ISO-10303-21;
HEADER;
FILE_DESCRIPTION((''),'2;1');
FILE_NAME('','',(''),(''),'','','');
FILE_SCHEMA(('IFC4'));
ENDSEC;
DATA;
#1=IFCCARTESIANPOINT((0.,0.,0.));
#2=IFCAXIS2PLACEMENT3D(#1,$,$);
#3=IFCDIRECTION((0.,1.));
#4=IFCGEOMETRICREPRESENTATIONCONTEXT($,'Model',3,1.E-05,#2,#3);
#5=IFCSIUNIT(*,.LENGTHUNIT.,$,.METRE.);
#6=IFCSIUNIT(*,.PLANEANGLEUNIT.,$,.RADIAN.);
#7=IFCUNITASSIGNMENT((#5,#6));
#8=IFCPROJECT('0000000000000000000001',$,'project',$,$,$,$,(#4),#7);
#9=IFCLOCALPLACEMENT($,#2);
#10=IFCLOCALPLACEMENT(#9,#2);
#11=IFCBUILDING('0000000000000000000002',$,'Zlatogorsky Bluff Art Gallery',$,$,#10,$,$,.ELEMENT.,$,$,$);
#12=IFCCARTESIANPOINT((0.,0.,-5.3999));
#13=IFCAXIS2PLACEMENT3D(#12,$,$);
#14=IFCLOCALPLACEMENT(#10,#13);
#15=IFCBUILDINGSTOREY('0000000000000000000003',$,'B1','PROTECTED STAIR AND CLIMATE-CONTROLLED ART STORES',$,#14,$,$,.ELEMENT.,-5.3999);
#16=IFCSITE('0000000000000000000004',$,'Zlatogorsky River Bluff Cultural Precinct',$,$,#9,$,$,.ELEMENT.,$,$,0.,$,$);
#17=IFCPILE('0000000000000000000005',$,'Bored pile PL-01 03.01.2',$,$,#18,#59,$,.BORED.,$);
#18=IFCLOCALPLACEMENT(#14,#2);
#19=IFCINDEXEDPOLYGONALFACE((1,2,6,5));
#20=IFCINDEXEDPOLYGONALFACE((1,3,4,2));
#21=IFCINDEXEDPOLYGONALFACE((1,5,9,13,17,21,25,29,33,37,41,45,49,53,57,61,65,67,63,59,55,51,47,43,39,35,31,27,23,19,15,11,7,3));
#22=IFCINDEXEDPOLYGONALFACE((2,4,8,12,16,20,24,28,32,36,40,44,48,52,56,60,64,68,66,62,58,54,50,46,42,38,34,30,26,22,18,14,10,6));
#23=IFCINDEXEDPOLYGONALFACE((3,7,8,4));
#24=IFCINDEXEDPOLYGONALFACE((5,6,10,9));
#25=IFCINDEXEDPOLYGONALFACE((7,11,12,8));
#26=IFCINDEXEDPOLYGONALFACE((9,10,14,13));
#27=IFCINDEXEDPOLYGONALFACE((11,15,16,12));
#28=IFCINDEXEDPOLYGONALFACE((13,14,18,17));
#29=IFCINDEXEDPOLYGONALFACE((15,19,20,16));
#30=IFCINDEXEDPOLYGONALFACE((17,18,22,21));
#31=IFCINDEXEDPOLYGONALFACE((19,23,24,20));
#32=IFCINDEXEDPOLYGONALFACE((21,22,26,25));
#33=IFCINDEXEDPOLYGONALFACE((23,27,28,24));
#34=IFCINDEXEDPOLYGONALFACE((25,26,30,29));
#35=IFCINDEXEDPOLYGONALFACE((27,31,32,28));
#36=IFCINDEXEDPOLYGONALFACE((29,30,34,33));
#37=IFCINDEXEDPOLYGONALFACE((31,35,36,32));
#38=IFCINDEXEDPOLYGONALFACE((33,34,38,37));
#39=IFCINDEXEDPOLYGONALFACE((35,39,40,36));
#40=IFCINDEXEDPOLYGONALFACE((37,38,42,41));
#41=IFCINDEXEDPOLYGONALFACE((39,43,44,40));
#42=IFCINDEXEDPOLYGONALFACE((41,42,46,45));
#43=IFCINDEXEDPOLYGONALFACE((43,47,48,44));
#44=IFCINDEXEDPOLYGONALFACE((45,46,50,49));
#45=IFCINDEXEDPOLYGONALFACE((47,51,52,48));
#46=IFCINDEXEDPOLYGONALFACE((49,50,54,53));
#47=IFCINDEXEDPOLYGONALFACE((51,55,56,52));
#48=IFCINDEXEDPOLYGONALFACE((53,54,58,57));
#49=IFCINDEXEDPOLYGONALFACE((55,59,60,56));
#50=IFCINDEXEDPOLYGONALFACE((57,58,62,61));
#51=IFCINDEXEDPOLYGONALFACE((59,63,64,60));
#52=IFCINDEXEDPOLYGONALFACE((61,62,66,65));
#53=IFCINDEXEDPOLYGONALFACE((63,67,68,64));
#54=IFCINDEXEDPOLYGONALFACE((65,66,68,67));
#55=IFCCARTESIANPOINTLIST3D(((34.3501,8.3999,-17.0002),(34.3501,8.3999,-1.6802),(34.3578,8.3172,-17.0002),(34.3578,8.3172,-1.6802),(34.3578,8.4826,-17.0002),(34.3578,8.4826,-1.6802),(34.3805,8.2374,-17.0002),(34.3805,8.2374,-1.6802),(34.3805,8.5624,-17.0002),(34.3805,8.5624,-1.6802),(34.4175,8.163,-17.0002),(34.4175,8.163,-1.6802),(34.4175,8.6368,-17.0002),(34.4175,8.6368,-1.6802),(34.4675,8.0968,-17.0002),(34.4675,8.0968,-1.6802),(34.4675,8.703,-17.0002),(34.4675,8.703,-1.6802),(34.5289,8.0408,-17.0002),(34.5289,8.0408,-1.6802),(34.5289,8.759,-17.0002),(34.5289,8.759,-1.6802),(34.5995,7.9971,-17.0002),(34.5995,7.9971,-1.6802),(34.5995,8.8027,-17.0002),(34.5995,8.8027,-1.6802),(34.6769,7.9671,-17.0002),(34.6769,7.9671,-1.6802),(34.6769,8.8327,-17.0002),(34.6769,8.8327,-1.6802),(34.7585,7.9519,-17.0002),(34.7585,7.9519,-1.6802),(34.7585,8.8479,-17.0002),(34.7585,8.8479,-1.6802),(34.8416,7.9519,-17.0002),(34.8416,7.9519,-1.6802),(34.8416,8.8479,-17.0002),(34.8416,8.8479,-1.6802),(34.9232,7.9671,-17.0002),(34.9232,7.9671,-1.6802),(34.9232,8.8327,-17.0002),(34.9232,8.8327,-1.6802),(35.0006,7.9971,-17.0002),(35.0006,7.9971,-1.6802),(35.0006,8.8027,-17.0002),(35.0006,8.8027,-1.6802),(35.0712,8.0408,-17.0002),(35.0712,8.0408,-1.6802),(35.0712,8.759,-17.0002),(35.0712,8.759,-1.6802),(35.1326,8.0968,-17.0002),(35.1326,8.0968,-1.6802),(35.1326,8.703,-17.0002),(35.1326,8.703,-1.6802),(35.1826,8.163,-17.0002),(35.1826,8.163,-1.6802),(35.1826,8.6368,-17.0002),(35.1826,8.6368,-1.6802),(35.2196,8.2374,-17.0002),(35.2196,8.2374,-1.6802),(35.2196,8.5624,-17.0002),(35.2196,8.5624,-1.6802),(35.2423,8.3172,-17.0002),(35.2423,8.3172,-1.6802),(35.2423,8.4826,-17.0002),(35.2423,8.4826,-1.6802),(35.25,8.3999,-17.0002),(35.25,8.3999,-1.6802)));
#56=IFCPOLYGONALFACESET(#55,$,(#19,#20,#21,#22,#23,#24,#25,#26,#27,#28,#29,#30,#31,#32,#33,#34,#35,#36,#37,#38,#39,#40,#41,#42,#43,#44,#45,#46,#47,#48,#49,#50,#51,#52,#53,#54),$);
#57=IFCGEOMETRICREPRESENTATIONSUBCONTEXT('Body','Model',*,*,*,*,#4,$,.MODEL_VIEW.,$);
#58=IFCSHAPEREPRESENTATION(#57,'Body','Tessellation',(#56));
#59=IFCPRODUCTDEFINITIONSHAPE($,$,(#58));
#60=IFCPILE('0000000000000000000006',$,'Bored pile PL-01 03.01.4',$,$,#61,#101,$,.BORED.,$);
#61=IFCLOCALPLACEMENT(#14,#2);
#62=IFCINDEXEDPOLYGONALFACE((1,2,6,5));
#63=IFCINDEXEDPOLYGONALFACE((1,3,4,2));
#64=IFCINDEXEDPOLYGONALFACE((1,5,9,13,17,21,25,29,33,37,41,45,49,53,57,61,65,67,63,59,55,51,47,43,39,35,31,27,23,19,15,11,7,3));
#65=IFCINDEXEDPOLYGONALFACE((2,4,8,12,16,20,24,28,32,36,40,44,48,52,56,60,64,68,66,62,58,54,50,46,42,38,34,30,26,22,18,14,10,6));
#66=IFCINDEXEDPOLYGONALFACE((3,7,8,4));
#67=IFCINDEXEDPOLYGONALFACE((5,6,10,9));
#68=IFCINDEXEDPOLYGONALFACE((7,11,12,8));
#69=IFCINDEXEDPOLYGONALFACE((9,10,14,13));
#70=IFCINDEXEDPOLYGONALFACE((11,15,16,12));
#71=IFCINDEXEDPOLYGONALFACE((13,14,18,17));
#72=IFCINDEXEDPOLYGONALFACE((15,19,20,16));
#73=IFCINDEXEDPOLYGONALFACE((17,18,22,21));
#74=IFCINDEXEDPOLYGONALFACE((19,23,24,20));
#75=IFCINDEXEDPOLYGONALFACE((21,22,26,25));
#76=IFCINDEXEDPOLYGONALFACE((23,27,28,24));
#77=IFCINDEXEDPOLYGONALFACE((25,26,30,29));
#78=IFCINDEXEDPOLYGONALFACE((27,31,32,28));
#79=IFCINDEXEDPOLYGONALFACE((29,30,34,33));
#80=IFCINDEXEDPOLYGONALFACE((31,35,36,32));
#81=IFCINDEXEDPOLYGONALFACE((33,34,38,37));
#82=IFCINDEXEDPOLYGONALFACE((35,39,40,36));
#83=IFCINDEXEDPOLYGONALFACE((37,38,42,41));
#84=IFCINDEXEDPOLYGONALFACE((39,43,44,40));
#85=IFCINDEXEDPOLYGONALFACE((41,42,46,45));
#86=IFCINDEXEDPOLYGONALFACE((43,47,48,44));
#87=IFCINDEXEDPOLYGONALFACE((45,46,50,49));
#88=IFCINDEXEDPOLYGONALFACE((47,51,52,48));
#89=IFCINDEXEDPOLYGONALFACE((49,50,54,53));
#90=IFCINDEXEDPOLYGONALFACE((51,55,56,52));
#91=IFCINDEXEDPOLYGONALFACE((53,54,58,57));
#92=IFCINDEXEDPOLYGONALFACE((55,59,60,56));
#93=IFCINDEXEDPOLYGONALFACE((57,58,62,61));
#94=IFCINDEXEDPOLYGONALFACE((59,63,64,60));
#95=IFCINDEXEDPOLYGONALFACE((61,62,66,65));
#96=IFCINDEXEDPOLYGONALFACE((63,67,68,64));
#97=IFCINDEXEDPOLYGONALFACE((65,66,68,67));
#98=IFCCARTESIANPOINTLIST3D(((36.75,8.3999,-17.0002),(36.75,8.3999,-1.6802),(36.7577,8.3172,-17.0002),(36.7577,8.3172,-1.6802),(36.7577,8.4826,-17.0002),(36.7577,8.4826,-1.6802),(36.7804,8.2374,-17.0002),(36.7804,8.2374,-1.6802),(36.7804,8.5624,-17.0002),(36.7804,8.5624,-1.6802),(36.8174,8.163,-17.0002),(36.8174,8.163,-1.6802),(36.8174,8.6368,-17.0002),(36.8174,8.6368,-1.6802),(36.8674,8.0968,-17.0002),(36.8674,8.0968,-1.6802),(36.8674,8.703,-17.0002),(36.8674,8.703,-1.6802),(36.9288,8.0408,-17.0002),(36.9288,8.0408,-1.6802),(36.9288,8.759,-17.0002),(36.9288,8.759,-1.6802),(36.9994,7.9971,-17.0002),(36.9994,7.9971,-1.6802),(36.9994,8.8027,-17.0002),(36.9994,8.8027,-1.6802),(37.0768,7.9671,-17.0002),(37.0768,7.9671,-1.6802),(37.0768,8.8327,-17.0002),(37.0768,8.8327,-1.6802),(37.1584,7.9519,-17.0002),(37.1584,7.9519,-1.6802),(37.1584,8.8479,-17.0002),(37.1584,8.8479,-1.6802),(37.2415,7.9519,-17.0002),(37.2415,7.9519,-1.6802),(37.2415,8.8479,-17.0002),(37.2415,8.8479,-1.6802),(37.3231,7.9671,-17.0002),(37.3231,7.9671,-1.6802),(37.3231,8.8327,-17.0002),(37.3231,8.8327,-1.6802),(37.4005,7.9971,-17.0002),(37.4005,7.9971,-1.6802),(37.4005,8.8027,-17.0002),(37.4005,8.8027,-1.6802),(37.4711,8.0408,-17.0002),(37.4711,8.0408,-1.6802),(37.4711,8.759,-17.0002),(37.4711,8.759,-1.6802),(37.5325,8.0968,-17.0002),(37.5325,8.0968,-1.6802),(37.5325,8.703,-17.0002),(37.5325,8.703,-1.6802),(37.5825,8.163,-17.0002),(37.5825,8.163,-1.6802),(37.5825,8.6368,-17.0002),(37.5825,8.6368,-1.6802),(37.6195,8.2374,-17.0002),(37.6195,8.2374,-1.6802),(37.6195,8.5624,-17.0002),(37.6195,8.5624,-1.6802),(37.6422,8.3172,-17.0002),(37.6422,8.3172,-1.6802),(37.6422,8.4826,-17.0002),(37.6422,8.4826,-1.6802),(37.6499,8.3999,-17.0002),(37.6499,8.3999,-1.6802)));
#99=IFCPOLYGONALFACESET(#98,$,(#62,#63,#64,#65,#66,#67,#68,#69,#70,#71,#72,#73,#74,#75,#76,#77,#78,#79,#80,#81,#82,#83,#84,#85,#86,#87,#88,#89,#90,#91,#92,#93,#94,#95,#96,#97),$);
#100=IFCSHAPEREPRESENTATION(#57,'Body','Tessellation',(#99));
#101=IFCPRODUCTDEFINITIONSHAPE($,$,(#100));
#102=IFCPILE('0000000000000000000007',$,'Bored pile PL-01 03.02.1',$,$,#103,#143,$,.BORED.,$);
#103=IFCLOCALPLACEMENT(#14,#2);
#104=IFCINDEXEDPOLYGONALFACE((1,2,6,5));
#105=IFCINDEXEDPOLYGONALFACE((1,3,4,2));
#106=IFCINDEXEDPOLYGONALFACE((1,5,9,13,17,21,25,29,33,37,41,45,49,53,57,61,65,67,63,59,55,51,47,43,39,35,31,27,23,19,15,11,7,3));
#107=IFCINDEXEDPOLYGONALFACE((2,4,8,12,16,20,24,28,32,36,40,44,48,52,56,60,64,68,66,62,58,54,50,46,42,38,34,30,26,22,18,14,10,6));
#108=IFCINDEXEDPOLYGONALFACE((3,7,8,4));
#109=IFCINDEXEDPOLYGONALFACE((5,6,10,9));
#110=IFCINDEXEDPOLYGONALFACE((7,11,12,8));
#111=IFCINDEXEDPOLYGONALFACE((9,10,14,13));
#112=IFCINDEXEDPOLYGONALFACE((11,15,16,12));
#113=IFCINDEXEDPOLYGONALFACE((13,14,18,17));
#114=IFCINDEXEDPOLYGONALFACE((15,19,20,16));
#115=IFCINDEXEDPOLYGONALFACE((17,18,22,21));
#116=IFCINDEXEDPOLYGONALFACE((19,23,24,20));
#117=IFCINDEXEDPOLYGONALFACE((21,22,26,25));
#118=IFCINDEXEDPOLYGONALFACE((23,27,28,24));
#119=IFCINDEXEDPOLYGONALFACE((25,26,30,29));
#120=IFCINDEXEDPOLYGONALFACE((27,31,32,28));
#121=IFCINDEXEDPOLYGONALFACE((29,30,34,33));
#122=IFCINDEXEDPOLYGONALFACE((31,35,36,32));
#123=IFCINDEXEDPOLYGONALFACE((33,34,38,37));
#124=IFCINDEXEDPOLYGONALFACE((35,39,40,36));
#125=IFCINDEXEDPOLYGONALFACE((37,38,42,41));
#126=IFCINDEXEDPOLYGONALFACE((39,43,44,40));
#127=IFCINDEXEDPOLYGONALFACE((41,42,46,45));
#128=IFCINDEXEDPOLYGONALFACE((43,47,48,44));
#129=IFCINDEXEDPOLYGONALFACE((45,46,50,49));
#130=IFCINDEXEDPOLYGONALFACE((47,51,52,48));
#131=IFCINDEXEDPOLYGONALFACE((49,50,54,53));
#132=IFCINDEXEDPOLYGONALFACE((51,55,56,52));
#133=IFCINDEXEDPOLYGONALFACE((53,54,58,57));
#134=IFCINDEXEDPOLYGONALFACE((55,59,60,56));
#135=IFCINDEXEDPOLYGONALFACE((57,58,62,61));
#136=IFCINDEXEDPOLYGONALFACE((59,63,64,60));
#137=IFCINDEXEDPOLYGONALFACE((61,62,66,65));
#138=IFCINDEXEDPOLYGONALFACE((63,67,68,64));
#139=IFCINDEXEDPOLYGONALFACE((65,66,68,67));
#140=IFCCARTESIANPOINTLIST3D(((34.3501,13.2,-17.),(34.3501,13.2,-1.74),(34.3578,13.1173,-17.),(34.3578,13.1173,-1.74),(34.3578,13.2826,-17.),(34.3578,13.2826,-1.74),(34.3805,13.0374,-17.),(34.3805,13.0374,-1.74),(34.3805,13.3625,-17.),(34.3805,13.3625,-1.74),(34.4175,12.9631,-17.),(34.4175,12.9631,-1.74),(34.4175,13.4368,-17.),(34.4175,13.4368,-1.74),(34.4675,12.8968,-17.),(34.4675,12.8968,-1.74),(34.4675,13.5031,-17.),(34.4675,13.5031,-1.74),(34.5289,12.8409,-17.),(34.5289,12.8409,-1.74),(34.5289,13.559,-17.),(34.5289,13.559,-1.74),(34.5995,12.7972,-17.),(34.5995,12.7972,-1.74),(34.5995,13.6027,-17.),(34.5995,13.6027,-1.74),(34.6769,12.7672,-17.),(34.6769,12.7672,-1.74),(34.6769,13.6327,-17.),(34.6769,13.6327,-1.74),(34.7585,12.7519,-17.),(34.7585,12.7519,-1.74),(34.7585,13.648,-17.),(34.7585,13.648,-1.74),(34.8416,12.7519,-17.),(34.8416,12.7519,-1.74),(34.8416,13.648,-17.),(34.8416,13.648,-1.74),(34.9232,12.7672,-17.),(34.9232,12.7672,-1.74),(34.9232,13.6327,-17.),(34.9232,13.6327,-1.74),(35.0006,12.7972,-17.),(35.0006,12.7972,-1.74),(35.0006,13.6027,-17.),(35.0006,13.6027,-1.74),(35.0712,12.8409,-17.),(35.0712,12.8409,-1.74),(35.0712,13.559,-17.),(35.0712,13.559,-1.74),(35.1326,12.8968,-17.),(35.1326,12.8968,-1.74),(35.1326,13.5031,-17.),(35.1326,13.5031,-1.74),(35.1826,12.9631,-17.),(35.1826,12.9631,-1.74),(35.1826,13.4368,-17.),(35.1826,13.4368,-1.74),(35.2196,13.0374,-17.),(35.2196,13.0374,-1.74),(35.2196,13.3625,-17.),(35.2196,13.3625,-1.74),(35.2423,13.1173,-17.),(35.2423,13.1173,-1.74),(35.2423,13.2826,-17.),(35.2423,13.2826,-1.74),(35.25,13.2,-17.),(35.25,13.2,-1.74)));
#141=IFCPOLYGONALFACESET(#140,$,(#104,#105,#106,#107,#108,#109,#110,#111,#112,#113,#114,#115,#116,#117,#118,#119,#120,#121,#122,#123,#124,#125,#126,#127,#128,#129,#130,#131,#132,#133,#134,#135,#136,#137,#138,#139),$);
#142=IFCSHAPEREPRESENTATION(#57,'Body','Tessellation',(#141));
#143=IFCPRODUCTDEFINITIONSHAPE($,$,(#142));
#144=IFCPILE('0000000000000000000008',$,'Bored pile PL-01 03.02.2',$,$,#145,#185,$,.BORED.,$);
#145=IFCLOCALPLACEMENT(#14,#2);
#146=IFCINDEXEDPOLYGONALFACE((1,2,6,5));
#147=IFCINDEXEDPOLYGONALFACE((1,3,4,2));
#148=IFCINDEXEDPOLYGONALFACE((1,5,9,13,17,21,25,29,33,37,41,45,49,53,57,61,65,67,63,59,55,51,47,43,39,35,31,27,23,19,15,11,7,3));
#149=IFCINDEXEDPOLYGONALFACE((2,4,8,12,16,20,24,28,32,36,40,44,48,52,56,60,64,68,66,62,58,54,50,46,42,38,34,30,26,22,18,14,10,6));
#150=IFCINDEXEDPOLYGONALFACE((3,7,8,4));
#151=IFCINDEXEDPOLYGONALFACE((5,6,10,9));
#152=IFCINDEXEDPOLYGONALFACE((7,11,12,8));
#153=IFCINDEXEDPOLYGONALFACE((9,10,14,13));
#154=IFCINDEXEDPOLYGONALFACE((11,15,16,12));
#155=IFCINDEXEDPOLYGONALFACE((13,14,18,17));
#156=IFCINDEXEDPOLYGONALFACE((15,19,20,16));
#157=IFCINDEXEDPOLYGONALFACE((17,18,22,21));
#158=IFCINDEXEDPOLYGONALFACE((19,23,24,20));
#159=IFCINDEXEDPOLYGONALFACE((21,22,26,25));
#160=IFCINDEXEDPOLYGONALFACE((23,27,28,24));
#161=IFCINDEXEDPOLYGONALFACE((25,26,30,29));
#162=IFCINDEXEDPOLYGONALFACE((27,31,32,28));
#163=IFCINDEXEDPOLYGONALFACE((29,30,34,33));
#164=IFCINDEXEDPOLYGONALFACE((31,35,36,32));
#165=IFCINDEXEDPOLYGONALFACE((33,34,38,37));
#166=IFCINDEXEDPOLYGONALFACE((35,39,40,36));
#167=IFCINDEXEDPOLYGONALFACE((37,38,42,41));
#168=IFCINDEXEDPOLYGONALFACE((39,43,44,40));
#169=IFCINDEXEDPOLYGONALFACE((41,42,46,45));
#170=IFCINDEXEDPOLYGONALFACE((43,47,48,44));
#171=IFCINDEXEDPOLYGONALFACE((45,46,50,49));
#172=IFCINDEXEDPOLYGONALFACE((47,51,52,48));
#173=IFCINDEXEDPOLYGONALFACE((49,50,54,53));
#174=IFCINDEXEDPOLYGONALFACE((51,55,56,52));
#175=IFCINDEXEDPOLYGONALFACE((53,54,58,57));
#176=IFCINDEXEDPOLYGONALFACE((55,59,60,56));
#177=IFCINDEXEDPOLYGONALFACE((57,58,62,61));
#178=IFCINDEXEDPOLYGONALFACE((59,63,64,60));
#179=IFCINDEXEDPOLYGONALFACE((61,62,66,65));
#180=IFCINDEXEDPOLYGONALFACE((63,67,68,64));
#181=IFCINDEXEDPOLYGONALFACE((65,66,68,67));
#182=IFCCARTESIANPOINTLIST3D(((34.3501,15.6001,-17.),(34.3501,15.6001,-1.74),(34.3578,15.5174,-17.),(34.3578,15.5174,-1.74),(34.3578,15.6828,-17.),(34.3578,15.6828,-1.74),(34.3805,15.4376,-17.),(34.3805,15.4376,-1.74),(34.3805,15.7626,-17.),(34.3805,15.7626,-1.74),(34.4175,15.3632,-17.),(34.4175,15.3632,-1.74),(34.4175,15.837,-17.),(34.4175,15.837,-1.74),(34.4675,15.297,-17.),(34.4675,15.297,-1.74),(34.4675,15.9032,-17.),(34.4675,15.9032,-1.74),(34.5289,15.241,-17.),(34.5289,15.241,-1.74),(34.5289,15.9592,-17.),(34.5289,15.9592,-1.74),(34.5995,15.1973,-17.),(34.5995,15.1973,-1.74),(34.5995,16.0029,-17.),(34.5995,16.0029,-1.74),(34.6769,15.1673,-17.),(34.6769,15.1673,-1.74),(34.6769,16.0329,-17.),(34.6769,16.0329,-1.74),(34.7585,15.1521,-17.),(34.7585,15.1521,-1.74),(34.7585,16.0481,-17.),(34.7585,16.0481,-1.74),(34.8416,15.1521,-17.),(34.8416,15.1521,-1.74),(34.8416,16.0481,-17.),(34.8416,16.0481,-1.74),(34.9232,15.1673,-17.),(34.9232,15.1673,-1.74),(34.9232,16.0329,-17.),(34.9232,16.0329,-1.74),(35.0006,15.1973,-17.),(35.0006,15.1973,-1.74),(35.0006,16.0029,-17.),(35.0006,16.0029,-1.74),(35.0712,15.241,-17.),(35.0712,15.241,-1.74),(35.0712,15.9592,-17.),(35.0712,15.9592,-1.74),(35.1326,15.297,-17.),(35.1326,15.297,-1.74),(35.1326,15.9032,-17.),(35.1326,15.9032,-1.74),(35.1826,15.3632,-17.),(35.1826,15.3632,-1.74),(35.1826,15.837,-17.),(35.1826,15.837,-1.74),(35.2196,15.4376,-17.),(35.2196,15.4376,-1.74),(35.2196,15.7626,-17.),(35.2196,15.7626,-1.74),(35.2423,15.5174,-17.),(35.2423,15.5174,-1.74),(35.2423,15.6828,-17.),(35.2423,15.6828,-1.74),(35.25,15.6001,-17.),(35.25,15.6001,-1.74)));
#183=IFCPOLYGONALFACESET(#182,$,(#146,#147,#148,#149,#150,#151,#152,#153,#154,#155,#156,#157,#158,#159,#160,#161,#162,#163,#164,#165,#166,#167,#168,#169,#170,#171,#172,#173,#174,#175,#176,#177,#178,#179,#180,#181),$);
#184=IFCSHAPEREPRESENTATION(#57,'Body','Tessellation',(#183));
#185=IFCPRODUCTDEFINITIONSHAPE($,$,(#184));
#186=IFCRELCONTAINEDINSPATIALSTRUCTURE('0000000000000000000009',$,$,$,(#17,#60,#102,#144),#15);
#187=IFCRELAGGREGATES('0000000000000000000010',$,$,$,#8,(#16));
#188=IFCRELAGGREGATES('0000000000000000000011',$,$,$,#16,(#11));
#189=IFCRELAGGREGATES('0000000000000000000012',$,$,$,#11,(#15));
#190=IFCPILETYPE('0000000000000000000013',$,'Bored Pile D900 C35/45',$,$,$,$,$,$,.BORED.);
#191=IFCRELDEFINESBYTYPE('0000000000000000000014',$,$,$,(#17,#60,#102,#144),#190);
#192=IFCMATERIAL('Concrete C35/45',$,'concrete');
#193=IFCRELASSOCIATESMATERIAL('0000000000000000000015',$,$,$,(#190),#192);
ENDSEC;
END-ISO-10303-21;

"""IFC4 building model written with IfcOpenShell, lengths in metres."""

from ifc_helpers import new_model, si_unit, direction, frame, origin, origin_2d, place, context, subcontext, project, spatial, circle, extrude, material, material_profile, profile_set, type_object, element, save


model = new_model("IFC4")

# Units and contexts
model_context = context("Model", 3, precision=1e-05, world=origin(), true_north=direction((0.0, 1.0)))
body_context = subcontext(model_context, "Body", "Model", "MODEL_VIEW")
ifc_project = project(units=[si_unit("LENGTHUNIT", "METRE"), si_unit("PLANEANGLEUNIT", "RADIAN")], contexts=[model_context])

# Site, building, storey
site_placement = place(None, origin())
site = spatial("IfcSite", under=ifc_project, at=site_placement, Name="Zlatogorsky River Bluff Cultural Precinct", CompositionType="ELEMENT", RefElevation=0.0)
building_placement = place(site_placement, origin())
building = spatial("IfcBuilding", under=site, at=building_placement, Name="Zlatogorsky Bluff Art Gallery", CompositionType="ELEMENT")
storey_placement = place(building_placement, frame((0.0, 0.0, -5.3999)))
storey = spatial("IfcBuildingStorey", under=building, at=storey_placement, Name="B1", Description="PROTECTED STAIR AND CLIMATE-CONTROLLED ART STORES", CompositionType="ELEMENT", Elevation=-5.3999)

# Piles
ifc_material_1 = material(Name="Concrete C35/45", Category="concrete")
ifc_material_profile_1 = material_profile(ifc_material_1, circle(Radius=0.45, at=origin_2d()), Name="BORED PILE D900")
ifc_profile_set_1 = profile_set([ifc_material_profile_1], Name="Concrete C35/45")
pile_type = type_object("IfcPileType", Name="Bored Pile D900 C35/45", PredefinedType="BORED", material=ifc_profile_set_1)
for number, where, z_axis, x_axis, name in (
    (1, (34.8, 8.3999, -1.6802), (0.0, 0.0, -1.0), (1.0, 0.0, 0.0), "Bored pile PL-01 03.01.2"),
    (2, (37.2, 8.3999, -1.6802), (0.0, 0.0, -1.0), (1.0, 0.0, 0.0), "Bored pile PL-01 03.01.4"),
):
    element("IfcPile", number, at=place(storey_placement, frame(where, z_axis=z_axis, x_axis=x_axis)), inside=storey, type_object=pile_type, Name=name, PredefinedType="BORED", context=body_context, shape_type="SweptSolid", body=[
        extrude(circle(Radius=0.45, at=origin_2d()), origin(), (0.0, 0.0, 1.0), 15.3201),
    ])
for number, where, z_axis, x_axis, name in (
    (3, (34.8, 13.2, -1.74), (0.0, 0.0, -1.0), (1.0, 0.0, 0.0), "Bored pile PL-01 03.02.1"),
    (4, (34.8, 15.6001, -1.74), (0.0, 0.0, -1.0), (1.0, 0.0, 0.0), "Bored pile PL-01 03.02.2"),
):
    element("IfcPile", number, at=place(storey_placement, frame(where, z_axis=z_axis, x_axis=x_axis)), inside=storey, type_object=pile_type, Name=name, PredefinedType="BORED", context=body_context, shape_type="SweptSolid", body=[
        extrude(circle(Radius=0.45, at=origin_2d()), origin(), (0.0, 0.0, 1.0), 15.26),
    ])

save(model, "model.ifc")
